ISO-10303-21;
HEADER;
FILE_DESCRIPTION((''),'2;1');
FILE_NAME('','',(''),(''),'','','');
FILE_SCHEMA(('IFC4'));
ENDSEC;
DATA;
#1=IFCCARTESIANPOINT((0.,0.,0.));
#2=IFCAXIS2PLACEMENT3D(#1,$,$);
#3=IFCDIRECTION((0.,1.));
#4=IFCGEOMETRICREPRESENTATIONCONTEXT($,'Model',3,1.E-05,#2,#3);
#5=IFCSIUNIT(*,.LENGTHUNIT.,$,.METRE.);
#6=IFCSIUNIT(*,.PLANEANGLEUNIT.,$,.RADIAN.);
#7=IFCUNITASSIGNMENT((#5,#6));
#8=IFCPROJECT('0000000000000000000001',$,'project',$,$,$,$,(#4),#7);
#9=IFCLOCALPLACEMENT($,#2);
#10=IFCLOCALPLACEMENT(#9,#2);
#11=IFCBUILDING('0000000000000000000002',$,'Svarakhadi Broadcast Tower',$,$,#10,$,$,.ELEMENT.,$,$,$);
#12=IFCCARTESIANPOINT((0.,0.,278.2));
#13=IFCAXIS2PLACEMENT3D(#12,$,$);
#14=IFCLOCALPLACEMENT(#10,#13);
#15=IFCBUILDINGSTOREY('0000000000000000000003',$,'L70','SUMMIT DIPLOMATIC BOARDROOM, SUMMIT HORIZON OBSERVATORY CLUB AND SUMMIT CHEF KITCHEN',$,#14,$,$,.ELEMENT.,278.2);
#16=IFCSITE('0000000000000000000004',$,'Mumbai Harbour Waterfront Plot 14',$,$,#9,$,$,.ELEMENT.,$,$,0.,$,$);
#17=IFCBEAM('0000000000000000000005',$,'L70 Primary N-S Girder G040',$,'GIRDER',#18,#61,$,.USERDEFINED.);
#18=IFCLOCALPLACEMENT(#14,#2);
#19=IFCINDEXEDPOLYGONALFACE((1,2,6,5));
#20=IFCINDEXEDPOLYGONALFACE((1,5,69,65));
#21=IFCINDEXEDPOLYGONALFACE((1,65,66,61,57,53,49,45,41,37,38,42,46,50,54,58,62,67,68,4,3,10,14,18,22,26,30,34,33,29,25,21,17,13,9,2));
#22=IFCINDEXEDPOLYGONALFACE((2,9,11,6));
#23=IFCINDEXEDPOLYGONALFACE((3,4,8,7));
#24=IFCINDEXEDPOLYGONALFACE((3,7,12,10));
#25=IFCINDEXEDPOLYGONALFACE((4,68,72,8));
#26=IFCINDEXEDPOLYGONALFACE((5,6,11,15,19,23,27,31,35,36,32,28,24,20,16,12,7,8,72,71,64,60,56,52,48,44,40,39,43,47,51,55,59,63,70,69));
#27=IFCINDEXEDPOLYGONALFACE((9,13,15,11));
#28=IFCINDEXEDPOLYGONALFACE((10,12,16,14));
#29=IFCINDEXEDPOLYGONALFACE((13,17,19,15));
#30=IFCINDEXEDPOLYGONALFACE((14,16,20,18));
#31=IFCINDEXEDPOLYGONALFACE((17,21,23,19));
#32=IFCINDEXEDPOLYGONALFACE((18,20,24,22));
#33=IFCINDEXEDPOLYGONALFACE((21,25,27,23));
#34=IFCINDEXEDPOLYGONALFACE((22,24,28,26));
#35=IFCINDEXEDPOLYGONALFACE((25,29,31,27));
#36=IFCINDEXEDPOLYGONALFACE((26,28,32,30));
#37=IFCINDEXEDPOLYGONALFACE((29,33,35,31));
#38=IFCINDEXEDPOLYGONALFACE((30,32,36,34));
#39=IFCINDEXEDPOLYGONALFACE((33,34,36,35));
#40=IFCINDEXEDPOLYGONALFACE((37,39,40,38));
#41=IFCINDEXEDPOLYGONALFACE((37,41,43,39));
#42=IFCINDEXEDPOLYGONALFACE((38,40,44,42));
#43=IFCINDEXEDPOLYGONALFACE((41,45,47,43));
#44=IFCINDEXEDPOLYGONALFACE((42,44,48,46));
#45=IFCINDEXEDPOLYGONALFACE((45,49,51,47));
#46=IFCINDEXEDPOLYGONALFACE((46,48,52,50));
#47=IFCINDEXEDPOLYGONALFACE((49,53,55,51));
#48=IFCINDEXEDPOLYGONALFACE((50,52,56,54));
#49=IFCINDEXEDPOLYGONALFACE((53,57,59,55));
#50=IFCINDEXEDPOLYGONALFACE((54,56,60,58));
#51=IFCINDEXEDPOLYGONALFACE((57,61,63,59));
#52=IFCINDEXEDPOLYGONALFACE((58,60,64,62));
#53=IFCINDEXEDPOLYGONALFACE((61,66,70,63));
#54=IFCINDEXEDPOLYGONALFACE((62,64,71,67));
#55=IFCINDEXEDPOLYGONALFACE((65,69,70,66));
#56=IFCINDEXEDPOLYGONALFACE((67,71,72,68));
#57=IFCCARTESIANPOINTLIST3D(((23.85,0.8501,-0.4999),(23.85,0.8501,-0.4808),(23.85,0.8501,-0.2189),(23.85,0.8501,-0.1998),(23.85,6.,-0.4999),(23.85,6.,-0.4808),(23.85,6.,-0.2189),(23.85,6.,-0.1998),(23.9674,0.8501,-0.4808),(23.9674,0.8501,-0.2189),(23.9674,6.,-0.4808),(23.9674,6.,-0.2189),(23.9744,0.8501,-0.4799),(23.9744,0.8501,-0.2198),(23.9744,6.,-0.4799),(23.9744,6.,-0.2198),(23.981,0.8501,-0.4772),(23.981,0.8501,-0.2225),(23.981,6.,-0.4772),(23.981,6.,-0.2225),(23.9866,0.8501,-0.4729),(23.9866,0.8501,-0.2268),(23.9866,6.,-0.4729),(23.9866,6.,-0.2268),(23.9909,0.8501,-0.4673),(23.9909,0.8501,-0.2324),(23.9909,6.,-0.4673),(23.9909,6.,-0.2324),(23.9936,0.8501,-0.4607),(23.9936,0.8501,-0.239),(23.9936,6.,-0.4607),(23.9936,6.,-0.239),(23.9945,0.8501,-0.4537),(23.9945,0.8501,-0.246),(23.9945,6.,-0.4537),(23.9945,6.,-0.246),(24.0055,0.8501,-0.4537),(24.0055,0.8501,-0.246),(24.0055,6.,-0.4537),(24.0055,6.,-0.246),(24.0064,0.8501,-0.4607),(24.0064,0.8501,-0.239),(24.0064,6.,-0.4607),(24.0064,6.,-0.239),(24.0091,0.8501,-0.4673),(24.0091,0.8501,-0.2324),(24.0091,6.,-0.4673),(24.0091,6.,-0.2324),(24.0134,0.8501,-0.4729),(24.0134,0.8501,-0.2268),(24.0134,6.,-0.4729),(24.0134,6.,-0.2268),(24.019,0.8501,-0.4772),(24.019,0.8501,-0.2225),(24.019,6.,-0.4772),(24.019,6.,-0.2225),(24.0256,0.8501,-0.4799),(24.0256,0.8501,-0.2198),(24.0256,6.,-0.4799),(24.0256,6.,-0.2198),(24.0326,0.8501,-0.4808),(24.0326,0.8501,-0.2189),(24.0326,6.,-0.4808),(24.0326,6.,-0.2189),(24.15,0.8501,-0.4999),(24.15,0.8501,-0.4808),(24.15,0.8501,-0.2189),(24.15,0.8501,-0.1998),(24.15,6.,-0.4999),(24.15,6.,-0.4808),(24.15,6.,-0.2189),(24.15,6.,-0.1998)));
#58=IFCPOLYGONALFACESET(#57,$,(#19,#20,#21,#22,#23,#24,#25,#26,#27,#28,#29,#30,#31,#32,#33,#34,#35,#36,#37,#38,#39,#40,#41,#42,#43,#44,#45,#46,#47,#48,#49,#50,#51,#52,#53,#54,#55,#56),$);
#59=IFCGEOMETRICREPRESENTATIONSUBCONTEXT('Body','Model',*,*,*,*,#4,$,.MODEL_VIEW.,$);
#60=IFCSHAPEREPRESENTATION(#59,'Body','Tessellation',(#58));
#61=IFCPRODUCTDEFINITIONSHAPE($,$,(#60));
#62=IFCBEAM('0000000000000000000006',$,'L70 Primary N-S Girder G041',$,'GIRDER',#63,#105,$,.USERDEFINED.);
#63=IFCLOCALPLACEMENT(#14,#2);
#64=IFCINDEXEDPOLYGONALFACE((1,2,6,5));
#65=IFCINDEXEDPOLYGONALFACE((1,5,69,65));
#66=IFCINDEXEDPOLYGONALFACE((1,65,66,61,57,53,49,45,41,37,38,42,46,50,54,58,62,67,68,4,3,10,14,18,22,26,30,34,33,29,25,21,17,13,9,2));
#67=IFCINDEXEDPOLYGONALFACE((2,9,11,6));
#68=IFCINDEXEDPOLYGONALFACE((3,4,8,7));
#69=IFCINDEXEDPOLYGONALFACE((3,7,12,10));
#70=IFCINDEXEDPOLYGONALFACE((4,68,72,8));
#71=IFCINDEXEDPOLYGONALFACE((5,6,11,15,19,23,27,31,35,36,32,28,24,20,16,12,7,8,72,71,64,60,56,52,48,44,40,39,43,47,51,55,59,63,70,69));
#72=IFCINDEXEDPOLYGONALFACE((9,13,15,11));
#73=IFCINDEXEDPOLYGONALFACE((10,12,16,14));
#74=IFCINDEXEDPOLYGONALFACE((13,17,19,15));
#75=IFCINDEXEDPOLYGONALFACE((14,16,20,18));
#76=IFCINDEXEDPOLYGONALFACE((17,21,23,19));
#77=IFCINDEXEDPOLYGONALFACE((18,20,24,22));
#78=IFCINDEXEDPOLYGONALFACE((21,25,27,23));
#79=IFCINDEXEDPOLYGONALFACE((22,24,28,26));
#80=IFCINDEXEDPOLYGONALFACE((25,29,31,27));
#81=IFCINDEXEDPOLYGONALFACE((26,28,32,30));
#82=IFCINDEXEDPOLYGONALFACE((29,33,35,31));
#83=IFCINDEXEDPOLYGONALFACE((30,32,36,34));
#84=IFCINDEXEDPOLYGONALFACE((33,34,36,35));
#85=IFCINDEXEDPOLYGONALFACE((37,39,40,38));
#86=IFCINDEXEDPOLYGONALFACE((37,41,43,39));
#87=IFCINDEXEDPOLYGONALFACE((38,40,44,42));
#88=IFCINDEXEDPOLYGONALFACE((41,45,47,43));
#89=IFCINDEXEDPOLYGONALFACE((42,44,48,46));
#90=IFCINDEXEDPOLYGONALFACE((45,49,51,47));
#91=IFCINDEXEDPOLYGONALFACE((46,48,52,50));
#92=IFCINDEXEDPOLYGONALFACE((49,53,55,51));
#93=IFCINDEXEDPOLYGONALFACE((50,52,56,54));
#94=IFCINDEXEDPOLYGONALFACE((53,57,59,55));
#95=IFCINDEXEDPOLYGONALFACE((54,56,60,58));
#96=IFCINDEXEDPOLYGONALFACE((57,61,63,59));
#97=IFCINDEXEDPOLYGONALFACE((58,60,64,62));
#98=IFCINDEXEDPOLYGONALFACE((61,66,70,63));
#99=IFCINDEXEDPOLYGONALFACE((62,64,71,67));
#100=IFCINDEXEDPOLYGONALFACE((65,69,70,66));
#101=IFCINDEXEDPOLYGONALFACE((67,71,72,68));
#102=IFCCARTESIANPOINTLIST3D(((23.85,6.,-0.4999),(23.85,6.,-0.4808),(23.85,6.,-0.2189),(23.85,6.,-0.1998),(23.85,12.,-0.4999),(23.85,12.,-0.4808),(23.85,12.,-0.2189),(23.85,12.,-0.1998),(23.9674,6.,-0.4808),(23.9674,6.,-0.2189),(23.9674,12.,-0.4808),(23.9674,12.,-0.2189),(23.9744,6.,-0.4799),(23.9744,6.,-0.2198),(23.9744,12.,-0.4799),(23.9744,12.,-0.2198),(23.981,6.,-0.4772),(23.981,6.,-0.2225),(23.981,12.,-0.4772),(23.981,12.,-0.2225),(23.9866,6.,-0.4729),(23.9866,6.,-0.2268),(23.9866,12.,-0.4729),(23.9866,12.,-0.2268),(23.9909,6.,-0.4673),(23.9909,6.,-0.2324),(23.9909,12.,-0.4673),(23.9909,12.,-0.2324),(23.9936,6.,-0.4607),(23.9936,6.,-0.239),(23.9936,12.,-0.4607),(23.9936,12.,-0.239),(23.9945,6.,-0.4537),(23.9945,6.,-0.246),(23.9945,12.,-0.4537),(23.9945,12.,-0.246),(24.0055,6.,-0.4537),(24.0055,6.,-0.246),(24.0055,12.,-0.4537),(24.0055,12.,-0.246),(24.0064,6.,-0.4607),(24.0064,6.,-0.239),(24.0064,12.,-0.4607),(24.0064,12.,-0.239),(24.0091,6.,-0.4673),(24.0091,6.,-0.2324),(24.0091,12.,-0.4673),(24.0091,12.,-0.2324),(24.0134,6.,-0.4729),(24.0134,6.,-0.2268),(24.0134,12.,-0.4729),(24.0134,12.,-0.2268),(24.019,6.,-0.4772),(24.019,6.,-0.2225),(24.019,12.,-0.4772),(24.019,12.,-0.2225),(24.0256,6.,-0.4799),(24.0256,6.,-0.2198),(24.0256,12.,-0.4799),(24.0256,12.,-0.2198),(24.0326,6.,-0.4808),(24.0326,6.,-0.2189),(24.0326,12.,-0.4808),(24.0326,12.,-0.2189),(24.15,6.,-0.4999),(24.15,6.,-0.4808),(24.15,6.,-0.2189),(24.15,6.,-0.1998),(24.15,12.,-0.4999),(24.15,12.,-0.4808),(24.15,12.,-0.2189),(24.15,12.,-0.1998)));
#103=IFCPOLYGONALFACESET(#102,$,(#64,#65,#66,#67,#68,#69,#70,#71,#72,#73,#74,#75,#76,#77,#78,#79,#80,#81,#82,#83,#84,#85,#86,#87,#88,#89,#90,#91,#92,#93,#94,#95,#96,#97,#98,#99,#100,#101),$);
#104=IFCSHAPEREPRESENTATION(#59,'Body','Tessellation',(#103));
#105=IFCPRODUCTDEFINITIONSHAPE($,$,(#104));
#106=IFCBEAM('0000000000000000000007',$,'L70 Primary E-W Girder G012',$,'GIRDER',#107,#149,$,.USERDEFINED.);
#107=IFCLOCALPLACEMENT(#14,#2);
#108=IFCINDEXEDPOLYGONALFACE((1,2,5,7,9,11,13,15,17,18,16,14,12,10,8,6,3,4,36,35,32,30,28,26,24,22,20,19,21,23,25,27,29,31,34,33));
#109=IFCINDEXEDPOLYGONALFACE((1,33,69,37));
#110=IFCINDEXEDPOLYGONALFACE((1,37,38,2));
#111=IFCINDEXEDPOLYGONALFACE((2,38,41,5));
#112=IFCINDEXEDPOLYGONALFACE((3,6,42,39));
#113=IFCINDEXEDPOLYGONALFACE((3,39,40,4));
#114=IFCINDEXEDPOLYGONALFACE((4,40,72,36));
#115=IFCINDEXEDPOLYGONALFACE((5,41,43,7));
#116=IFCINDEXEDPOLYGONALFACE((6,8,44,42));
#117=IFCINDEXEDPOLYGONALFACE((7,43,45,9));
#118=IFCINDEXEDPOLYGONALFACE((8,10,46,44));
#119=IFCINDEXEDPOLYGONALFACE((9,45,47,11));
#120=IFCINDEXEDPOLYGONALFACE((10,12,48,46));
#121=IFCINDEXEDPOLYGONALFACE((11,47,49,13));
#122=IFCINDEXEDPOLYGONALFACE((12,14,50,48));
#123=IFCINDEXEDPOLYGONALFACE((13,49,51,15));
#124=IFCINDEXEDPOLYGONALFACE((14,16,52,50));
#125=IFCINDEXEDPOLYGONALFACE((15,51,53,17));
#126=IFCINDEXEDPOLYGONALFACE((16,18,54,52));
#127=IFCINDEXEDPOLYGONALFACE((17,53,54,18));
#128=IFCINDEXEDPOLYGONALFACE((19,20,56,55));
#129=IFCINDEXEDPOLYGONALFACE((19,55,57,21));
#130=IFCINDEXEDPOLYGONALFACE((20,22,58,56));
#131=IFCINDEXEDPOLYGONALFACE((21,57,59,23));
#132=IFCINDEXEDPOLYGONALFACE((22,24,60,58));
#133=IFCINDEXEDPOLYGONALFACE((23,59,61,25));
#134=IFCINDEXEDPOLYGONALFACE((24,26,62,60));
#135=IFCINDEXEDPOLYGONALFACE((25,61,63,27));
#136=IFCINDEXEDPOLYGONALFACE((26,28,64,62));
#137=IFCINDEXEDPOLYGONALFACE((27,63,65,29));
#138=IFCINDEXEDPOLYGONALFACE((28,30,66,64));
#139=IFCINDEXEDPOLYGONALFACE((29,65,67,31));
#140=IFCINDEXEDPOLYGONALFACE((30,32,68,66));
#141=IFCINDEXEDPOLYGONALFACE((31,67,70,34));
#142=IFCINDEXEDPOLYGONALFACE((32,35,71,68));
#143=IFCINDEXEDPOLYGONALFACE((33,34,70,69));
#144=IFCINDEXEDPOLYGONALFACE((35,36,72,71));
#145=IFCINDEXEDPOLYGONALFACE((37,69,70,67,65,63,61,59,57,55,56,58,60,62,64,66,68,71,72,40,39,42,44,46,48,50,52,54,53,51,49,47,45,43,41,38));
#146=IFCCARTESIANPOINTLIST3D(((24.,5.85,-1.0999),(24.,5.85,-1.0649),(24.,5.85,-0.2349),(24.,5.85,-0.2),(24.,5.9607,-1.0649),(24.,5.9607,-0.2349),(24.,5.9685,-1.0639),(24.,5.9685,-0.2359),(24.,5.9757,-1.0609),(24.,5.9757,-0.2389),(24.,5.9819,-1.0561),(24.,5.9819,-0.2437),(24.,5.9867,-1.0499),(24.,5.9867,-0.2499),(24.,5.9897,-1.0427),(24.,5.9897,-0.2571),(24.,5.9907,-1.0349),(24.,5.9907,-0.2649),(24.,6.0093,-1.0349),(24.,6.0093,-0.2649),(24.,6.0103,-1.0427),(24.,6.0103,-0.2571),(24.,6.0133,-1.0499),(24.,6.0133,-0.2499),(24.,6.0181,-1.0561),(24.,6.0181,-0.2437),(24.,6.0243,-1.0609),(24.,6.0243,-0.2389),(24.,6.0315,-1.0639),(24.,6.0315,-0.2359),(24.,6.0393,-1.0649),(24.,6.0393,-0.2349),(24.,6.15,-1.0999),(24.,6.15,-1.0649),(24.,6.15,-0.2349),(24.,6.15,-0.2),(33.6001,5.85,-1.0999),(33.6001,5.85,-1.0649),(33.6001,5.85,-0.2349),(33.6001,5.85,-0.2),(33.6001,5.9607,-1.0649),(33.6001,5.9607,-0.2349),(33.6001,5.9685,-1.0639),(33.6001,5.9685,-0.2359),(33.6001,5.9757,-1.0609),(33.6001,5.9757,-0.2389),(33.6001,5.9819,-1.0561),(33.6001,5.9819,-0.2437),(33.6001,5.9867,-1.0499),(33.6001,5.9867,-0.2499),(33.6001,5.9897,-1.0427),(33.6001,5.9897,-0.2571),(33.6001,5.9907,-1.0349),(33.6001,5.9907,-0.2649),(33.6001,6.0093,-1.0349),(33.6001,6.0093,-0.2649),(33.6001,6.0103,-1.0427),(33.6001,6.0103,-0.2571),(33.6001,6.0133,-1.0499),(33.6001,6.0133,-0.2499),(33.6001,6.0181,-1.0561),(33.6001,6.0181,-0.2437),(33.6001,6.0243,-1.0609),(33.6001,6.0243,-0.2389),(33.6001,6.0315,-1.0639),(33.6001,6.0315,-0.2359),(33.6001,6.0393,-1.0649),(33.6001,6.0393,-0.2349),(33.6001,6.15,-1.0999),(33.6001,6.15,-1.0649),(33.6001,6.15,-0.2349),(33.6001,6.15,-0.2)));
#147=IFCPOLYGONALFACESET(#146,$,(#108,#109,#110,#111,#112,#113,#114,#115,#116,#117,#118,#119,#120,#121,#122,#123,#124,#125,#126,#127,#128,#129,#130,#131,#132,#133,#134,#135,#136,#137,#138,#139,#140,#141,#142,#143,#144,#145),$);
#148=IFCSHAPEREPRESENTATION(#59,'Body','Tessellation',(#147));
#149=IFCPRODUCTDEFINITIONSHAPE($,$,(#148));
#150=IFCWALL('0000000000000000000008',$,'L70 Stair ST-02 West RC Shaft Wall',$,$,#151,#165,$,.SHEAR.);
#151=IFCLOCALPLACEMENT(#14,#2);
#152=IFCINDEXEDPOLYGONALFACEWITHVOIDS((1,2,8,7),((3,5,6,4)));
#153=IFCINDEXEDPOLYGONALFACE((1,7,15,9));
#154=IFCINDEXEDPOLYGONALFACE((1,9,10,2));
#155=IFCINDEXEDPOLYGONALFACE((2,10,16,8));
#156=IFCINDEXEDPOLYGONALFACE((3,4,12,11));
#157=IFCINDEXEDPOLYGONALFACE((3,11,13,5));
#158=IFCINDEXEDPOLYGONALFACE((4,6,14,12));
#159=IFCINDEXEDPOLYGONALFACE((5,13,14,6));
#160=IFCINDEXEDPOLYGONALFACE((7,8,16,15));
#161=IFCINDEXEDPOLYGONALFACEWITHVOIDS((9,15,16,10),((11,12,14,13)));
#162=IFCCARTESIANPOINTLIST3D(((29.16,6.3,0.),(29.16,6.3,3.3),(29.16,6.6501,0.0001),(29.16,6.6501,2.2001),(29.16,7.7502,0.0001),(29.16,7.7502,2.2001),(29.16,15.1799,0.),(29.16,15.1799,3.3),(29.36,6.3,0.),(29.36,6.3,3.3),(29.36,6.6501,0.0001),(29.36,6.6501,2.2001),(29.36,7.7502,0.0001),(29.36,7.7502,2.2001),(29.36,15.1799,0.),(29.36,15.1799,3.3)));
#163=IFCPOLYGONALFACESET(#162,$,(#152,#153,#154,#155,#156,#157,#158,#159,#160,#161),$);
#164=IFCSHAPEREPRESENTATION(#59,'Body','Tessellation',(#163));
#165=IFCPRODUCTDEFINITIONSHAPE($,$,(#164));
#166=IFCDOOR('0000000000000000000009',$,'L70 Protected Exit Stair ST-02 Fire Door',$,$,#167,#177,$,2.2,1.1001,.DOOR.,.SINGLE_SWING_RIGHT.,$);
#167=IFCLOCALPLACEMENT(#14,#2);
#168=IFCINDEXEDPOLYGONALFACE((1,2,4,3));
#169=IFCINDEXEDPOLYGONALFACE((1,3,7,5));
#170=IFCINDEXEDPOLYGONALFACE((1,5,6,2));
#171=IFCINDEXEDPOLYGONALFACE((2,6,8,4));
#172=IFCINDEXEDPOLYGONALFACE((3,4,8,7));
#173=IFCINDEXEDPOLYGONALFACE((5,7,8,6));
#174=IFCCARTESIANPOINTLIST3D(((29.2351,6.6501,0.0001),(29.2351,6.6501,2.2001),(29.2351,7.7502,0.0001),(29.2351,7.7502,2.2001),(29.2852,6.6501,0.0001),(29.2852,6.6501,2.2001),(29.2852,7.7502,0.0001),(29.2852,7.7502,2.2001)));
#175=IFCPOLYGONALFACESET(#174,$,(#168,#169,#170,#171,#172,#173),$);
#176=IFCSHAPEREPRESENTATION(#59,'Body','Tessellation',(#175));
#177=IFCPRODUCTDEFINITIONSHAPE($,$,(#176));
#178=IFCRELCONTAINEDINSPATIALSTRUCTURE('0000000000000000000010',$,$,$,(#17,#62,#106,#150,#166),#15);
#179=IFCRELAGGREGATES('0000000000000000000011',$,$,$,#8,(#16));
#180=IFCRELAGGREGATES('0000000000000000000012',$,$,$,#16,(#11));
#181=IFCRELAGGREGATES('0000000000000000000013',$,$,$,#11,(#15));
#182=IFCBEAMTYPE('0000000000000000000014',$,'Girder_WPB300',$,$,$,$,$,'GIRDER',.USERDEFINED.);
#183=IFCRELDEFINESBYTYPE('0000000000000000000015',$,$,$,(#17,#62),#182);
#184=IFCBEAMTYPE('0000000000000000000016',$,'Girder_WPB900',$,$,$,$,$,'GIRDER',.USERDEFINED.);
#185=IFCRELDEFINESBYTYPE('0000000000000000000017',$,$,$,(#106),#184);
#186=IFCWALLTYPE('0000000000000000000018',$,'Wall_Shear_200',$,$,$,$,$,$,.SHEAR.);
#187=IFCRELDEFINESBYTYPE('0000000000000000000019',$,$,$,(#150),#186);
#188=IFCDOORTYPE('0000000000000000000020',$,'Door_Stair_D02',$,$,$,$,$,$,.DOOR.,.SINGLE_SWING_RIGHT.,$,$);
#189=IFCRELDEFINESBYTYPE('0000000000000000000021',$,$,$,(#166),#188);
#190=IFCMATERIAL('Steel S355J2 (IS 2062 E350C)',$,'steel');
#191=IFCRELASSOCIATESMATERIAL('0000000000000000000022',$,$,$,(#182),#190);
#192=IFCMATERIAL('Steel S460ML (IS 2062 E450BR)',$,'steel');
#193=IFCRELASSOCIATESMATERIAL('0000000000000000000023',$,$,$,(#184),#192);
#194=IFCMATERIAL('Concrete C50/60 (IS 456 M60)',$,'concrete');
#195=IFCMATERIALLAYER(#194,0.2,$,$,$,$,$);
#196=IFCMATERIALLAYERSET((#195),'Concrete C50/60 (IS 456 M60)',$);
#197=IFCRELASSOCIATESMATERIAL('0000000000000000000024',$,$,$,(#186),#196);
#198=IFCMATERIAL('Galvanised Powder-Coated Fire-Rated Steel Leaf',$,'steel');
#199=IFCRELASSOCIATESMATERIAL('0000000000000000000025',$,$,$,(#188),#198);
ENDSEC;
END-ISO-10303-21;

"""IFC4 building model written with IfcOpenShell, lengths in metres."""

from ifc_helpers import new_model, si_unit, direction, frame, frame_2d, origin, origin_2d, place, context, subcontext, project, spatial, rectangle, i_section, extrude, material, layer, layer_set, material_profile, profile_set, type_object, element, fill, save


model = new_model("IFC4")

# Units and contexts
model_context = context("Model", 3, precision=1e-05, world=origin(), true_north=direction((0.0, 1.0)))
body_context = subcontext(model_context, "Body", "Model", "MODEL_VIEW")
ifc_project = project(units=[si_unit("LENGTHUNIT", "METRE"), si_unit("PLANEANGLEUNIT", "RADIAN")], contexts=[model_context])

# Site, building, storey
site_placement = place(None, origin())
site = spatial("IfcSite", under=ifc_project, at=site_placement, Name="Mumbai Harbour Waterfront Plot 14", CompositionType="ELEMENT", RefElevation=0.0)
building_placement = place(site_placement, origin())
building = spatial("IfcBuilding", under=site, at=building_placement, Name="Svarakhadi Broadcast Tower", CompositionType="ELEMENT")
storey_placement = place(building_placement, frame((0.0, 0.0, 278.2)))
storey = spatial("IfcBuildingStorey", under=building, at=storey_placement, Name="L70", Description="SUMMIT DIPLOMATIC BOARDROOM, SUMMIT HORIZON OBSERVATORY CLUB AND SUMMIT CHEF KITCHEN", CompositionType="ELEMENT", Elevation=278.2)

# Shared definitions
ifc_material_1 = material(Name="Concrete C50/60 (IS 456 M60)", Category="concrete")
ifc_material_2 = material(Name="Steel S460ML (IS 2062 E450BR)", Category="steel")

# Beams
ifc_material_3 = material(Name="Steel S355J2 (IS 2062 E350C)", Category="steel")
ifc_material_profile_1 = material_profile(ifc_material_3, i_section(OverallWidth=0.3, OverallDepth=0.3, WebThickness=0.011, FlangeThickness=0.019, FilletRadius=0.0271, at=origin_2d()), Name="WPB 300x300x117")
ifc_profile_set_1 = profile_set([ifc_material_profile_1], Name="Steel S355J2 (IS 2062 E350C)")
beam_type_1 = type_object("IfcBeamType", Name="Girder_WPB300", ElementType="GIRDER", PredefinedType="USERDEFINED", material=ifc_profile_set_1)
beam_1_placement = place(storey_placement, frame((24.0, 0.8501, -0.3499), z_axis=(0.0, 1.0, 0.0), x_axis=(-1.0, 0.0, 0.0)))
element("IfcBeam", 1, at=beam_1_placement, inside=storey, type_object=beam_type_1, Name="L70 Primary N-S Girder G040", ObjectType="GIRDER", PredefinedType="USERDEFINED", context=body_context, shape_type="SweptSolid", body=[
    extrude(i_section(OverallWidth=0.3, OverallDepth=0.3, WebThickness=0.011, FlangeThickness=0.019, FilletRadius=0.0271, at=origin_2d()), origin(), (0.0, 0.0, 1.0), 5.1499),
])
beam_2_placement = place(storey_placement, frame((24.0, 6.0, -0.3499), z_axis=(0.0, 1.0, 0.0), x_axis=(-1.0, 0.0, 0.0)))
element("IfcBeam", 2, at=beam_2_placement, inside=storey, type_object=beam_type_1, Name="L70 Primary N-S Girder G041", ObjectType="GIRDER", PredefinedType="USERDEFINED", context=body_context, shape_type="SweptSolid", body=[
    extrude(i_section(OverallWidth=0.3, OverallDepth=0.3, WebThickness=0.011, FlangeThickness=0.019, FilletRadius=0.0271, at=origin_2d()), origin(), (0.0, 0.0, 1.0), 6.0),
])
ifc_material_profile_2 = material_profile(ifc_material_2, i_section(OverallWidth=0.3, OverallDepth=0.8999, WebThickness=0.0186, FlangeThickness=0.0349, FilletRadius=0.03, at=origin_2d()), Name="WPB 900x300x291")
ifc_profile_set_2 = profile_set([ifc_material_profile_2], Name="Steel S460ML (IS 2062 E450BR)")
beam_type_2 = type_object("IfcBeamType", Name="Girder_WPB900", ElementType="GIRDER", PredefinedType="USERDEFINED", material=ifc_profile_set_2)
beam_3_placement = place(storey_placement, frame((24.0, 6.0, -0.6499), z_axis=(1.0, 0.0, 0.0), x_axis=(0.0, 1.0, 0.0)))
element("IfcBeam", 3, at=beam_3_placement, inside=storey, type_object=beam_type_2, Name="L70 Primary E-W Girder G012", ObjectType="GIRDER", PredefinedType="USERDEFINED", context=body_context, shape_type="SweptSolid", body=[
    extrude(i_section(OverallWidth=0.3, OverallDepth=0.8999, WebThickness=0.0186, FlangeThickness=0.0349, FilletRadius=0.03, at=origin_2d()), origin(), (0.0, 0.0, 1.0), 9.6001),
])

# Wall, opening, door
ifc_layer_1 = layer(ifc_material_1, 0.2)
ifc_layer_set_1 = layer_set([ifc_layer_1], Name="Concrete C50/60 (IS 456 M60)")
wall_type_1 = type_object("IfcWallType", Name="Wall_Shear_200", PredefinedType="SHEAR", material=ifc_layer_set_1)
wall_1_placement = place(storey_placement, frame((29.26, 6.3, 0.0), z_axis=(0.0, 0.0, 1.0), x_axis=(0.0, 1.0, 0.0)))
wall_1 = element("IfcWall", 4, at=wall_1_placement, inside=storey, type_object=wall_type_1, Name="L70 Stair ST-02 West RC Shaft Wall", PredefinedType="SHEAR", context=body_context, shape_type="SweptSolid", body=[
    extrude(rectangle(XDim=8.8799, YDim=0.2, at=frame_2d((4.4399, 0.0))), origin(), (0.0, 0.0, 1.0), 3.3),
])
opening_1_placement = place(wall_1_placement, frame((0.3501, 0.0, 0.0)))
opening_1 = element("IfcOpeningElement", 5, at=opening_1_placement, cuts=wall_1, PredefinedType="OPENING", context=body_context, shape_type="SweptSolid", body=[
    extrude(rectangle(XDim=1.1001, YDim=2.2, at=frame_2d((0.55, 1.1001))), frame((0.0, 0.1099, 0.0), z_axis=(0.0, -1.0, 0.0), x_axis=(1.0, 0.0, 0.0)), (0.0, 0.0, 1.0), 0.22),
])
ifc_material_4 = material(Name="Galvanised Powder-Coated Fire-Rated Steel Leaf", Category="steel")
door_type_1 = type_object("IfcDoorType", Name="Door_Stair_D02", OperationType="SINGLE_SWING_RIGHT", PredefinedType="DOOR", material=ifc_material_4)
door_1_placement = place(opening_1_placement, origin())
door_1 = element("IfcDoor", 6, at=door_1_placement, inside=storey, type_object=door_type_1, Name="L70 Protected Exit Stair ST-02 Fire Door", OperationType="SINGLE_SWING_RIGHT", OverallHeight=2.2, OverallWidth=1.1001, PredefinedType="DOOR", context=body_context, shape_type="SweptSolid", body=[
    extrude(rectangle(XDim=1.1001, YDim=2.2, at=frame_2d((0.55, 1.1001))), frame((0.0, 0.0249, 0.0), z_axis=(0.0, -1.0, 0.0), x_axis=(1.0, 0.0, 0.0)), (0.0, 0.0, 1.0), 0.05),
])
fill(opening_1, door_1)

save(model, "model.ifc")
